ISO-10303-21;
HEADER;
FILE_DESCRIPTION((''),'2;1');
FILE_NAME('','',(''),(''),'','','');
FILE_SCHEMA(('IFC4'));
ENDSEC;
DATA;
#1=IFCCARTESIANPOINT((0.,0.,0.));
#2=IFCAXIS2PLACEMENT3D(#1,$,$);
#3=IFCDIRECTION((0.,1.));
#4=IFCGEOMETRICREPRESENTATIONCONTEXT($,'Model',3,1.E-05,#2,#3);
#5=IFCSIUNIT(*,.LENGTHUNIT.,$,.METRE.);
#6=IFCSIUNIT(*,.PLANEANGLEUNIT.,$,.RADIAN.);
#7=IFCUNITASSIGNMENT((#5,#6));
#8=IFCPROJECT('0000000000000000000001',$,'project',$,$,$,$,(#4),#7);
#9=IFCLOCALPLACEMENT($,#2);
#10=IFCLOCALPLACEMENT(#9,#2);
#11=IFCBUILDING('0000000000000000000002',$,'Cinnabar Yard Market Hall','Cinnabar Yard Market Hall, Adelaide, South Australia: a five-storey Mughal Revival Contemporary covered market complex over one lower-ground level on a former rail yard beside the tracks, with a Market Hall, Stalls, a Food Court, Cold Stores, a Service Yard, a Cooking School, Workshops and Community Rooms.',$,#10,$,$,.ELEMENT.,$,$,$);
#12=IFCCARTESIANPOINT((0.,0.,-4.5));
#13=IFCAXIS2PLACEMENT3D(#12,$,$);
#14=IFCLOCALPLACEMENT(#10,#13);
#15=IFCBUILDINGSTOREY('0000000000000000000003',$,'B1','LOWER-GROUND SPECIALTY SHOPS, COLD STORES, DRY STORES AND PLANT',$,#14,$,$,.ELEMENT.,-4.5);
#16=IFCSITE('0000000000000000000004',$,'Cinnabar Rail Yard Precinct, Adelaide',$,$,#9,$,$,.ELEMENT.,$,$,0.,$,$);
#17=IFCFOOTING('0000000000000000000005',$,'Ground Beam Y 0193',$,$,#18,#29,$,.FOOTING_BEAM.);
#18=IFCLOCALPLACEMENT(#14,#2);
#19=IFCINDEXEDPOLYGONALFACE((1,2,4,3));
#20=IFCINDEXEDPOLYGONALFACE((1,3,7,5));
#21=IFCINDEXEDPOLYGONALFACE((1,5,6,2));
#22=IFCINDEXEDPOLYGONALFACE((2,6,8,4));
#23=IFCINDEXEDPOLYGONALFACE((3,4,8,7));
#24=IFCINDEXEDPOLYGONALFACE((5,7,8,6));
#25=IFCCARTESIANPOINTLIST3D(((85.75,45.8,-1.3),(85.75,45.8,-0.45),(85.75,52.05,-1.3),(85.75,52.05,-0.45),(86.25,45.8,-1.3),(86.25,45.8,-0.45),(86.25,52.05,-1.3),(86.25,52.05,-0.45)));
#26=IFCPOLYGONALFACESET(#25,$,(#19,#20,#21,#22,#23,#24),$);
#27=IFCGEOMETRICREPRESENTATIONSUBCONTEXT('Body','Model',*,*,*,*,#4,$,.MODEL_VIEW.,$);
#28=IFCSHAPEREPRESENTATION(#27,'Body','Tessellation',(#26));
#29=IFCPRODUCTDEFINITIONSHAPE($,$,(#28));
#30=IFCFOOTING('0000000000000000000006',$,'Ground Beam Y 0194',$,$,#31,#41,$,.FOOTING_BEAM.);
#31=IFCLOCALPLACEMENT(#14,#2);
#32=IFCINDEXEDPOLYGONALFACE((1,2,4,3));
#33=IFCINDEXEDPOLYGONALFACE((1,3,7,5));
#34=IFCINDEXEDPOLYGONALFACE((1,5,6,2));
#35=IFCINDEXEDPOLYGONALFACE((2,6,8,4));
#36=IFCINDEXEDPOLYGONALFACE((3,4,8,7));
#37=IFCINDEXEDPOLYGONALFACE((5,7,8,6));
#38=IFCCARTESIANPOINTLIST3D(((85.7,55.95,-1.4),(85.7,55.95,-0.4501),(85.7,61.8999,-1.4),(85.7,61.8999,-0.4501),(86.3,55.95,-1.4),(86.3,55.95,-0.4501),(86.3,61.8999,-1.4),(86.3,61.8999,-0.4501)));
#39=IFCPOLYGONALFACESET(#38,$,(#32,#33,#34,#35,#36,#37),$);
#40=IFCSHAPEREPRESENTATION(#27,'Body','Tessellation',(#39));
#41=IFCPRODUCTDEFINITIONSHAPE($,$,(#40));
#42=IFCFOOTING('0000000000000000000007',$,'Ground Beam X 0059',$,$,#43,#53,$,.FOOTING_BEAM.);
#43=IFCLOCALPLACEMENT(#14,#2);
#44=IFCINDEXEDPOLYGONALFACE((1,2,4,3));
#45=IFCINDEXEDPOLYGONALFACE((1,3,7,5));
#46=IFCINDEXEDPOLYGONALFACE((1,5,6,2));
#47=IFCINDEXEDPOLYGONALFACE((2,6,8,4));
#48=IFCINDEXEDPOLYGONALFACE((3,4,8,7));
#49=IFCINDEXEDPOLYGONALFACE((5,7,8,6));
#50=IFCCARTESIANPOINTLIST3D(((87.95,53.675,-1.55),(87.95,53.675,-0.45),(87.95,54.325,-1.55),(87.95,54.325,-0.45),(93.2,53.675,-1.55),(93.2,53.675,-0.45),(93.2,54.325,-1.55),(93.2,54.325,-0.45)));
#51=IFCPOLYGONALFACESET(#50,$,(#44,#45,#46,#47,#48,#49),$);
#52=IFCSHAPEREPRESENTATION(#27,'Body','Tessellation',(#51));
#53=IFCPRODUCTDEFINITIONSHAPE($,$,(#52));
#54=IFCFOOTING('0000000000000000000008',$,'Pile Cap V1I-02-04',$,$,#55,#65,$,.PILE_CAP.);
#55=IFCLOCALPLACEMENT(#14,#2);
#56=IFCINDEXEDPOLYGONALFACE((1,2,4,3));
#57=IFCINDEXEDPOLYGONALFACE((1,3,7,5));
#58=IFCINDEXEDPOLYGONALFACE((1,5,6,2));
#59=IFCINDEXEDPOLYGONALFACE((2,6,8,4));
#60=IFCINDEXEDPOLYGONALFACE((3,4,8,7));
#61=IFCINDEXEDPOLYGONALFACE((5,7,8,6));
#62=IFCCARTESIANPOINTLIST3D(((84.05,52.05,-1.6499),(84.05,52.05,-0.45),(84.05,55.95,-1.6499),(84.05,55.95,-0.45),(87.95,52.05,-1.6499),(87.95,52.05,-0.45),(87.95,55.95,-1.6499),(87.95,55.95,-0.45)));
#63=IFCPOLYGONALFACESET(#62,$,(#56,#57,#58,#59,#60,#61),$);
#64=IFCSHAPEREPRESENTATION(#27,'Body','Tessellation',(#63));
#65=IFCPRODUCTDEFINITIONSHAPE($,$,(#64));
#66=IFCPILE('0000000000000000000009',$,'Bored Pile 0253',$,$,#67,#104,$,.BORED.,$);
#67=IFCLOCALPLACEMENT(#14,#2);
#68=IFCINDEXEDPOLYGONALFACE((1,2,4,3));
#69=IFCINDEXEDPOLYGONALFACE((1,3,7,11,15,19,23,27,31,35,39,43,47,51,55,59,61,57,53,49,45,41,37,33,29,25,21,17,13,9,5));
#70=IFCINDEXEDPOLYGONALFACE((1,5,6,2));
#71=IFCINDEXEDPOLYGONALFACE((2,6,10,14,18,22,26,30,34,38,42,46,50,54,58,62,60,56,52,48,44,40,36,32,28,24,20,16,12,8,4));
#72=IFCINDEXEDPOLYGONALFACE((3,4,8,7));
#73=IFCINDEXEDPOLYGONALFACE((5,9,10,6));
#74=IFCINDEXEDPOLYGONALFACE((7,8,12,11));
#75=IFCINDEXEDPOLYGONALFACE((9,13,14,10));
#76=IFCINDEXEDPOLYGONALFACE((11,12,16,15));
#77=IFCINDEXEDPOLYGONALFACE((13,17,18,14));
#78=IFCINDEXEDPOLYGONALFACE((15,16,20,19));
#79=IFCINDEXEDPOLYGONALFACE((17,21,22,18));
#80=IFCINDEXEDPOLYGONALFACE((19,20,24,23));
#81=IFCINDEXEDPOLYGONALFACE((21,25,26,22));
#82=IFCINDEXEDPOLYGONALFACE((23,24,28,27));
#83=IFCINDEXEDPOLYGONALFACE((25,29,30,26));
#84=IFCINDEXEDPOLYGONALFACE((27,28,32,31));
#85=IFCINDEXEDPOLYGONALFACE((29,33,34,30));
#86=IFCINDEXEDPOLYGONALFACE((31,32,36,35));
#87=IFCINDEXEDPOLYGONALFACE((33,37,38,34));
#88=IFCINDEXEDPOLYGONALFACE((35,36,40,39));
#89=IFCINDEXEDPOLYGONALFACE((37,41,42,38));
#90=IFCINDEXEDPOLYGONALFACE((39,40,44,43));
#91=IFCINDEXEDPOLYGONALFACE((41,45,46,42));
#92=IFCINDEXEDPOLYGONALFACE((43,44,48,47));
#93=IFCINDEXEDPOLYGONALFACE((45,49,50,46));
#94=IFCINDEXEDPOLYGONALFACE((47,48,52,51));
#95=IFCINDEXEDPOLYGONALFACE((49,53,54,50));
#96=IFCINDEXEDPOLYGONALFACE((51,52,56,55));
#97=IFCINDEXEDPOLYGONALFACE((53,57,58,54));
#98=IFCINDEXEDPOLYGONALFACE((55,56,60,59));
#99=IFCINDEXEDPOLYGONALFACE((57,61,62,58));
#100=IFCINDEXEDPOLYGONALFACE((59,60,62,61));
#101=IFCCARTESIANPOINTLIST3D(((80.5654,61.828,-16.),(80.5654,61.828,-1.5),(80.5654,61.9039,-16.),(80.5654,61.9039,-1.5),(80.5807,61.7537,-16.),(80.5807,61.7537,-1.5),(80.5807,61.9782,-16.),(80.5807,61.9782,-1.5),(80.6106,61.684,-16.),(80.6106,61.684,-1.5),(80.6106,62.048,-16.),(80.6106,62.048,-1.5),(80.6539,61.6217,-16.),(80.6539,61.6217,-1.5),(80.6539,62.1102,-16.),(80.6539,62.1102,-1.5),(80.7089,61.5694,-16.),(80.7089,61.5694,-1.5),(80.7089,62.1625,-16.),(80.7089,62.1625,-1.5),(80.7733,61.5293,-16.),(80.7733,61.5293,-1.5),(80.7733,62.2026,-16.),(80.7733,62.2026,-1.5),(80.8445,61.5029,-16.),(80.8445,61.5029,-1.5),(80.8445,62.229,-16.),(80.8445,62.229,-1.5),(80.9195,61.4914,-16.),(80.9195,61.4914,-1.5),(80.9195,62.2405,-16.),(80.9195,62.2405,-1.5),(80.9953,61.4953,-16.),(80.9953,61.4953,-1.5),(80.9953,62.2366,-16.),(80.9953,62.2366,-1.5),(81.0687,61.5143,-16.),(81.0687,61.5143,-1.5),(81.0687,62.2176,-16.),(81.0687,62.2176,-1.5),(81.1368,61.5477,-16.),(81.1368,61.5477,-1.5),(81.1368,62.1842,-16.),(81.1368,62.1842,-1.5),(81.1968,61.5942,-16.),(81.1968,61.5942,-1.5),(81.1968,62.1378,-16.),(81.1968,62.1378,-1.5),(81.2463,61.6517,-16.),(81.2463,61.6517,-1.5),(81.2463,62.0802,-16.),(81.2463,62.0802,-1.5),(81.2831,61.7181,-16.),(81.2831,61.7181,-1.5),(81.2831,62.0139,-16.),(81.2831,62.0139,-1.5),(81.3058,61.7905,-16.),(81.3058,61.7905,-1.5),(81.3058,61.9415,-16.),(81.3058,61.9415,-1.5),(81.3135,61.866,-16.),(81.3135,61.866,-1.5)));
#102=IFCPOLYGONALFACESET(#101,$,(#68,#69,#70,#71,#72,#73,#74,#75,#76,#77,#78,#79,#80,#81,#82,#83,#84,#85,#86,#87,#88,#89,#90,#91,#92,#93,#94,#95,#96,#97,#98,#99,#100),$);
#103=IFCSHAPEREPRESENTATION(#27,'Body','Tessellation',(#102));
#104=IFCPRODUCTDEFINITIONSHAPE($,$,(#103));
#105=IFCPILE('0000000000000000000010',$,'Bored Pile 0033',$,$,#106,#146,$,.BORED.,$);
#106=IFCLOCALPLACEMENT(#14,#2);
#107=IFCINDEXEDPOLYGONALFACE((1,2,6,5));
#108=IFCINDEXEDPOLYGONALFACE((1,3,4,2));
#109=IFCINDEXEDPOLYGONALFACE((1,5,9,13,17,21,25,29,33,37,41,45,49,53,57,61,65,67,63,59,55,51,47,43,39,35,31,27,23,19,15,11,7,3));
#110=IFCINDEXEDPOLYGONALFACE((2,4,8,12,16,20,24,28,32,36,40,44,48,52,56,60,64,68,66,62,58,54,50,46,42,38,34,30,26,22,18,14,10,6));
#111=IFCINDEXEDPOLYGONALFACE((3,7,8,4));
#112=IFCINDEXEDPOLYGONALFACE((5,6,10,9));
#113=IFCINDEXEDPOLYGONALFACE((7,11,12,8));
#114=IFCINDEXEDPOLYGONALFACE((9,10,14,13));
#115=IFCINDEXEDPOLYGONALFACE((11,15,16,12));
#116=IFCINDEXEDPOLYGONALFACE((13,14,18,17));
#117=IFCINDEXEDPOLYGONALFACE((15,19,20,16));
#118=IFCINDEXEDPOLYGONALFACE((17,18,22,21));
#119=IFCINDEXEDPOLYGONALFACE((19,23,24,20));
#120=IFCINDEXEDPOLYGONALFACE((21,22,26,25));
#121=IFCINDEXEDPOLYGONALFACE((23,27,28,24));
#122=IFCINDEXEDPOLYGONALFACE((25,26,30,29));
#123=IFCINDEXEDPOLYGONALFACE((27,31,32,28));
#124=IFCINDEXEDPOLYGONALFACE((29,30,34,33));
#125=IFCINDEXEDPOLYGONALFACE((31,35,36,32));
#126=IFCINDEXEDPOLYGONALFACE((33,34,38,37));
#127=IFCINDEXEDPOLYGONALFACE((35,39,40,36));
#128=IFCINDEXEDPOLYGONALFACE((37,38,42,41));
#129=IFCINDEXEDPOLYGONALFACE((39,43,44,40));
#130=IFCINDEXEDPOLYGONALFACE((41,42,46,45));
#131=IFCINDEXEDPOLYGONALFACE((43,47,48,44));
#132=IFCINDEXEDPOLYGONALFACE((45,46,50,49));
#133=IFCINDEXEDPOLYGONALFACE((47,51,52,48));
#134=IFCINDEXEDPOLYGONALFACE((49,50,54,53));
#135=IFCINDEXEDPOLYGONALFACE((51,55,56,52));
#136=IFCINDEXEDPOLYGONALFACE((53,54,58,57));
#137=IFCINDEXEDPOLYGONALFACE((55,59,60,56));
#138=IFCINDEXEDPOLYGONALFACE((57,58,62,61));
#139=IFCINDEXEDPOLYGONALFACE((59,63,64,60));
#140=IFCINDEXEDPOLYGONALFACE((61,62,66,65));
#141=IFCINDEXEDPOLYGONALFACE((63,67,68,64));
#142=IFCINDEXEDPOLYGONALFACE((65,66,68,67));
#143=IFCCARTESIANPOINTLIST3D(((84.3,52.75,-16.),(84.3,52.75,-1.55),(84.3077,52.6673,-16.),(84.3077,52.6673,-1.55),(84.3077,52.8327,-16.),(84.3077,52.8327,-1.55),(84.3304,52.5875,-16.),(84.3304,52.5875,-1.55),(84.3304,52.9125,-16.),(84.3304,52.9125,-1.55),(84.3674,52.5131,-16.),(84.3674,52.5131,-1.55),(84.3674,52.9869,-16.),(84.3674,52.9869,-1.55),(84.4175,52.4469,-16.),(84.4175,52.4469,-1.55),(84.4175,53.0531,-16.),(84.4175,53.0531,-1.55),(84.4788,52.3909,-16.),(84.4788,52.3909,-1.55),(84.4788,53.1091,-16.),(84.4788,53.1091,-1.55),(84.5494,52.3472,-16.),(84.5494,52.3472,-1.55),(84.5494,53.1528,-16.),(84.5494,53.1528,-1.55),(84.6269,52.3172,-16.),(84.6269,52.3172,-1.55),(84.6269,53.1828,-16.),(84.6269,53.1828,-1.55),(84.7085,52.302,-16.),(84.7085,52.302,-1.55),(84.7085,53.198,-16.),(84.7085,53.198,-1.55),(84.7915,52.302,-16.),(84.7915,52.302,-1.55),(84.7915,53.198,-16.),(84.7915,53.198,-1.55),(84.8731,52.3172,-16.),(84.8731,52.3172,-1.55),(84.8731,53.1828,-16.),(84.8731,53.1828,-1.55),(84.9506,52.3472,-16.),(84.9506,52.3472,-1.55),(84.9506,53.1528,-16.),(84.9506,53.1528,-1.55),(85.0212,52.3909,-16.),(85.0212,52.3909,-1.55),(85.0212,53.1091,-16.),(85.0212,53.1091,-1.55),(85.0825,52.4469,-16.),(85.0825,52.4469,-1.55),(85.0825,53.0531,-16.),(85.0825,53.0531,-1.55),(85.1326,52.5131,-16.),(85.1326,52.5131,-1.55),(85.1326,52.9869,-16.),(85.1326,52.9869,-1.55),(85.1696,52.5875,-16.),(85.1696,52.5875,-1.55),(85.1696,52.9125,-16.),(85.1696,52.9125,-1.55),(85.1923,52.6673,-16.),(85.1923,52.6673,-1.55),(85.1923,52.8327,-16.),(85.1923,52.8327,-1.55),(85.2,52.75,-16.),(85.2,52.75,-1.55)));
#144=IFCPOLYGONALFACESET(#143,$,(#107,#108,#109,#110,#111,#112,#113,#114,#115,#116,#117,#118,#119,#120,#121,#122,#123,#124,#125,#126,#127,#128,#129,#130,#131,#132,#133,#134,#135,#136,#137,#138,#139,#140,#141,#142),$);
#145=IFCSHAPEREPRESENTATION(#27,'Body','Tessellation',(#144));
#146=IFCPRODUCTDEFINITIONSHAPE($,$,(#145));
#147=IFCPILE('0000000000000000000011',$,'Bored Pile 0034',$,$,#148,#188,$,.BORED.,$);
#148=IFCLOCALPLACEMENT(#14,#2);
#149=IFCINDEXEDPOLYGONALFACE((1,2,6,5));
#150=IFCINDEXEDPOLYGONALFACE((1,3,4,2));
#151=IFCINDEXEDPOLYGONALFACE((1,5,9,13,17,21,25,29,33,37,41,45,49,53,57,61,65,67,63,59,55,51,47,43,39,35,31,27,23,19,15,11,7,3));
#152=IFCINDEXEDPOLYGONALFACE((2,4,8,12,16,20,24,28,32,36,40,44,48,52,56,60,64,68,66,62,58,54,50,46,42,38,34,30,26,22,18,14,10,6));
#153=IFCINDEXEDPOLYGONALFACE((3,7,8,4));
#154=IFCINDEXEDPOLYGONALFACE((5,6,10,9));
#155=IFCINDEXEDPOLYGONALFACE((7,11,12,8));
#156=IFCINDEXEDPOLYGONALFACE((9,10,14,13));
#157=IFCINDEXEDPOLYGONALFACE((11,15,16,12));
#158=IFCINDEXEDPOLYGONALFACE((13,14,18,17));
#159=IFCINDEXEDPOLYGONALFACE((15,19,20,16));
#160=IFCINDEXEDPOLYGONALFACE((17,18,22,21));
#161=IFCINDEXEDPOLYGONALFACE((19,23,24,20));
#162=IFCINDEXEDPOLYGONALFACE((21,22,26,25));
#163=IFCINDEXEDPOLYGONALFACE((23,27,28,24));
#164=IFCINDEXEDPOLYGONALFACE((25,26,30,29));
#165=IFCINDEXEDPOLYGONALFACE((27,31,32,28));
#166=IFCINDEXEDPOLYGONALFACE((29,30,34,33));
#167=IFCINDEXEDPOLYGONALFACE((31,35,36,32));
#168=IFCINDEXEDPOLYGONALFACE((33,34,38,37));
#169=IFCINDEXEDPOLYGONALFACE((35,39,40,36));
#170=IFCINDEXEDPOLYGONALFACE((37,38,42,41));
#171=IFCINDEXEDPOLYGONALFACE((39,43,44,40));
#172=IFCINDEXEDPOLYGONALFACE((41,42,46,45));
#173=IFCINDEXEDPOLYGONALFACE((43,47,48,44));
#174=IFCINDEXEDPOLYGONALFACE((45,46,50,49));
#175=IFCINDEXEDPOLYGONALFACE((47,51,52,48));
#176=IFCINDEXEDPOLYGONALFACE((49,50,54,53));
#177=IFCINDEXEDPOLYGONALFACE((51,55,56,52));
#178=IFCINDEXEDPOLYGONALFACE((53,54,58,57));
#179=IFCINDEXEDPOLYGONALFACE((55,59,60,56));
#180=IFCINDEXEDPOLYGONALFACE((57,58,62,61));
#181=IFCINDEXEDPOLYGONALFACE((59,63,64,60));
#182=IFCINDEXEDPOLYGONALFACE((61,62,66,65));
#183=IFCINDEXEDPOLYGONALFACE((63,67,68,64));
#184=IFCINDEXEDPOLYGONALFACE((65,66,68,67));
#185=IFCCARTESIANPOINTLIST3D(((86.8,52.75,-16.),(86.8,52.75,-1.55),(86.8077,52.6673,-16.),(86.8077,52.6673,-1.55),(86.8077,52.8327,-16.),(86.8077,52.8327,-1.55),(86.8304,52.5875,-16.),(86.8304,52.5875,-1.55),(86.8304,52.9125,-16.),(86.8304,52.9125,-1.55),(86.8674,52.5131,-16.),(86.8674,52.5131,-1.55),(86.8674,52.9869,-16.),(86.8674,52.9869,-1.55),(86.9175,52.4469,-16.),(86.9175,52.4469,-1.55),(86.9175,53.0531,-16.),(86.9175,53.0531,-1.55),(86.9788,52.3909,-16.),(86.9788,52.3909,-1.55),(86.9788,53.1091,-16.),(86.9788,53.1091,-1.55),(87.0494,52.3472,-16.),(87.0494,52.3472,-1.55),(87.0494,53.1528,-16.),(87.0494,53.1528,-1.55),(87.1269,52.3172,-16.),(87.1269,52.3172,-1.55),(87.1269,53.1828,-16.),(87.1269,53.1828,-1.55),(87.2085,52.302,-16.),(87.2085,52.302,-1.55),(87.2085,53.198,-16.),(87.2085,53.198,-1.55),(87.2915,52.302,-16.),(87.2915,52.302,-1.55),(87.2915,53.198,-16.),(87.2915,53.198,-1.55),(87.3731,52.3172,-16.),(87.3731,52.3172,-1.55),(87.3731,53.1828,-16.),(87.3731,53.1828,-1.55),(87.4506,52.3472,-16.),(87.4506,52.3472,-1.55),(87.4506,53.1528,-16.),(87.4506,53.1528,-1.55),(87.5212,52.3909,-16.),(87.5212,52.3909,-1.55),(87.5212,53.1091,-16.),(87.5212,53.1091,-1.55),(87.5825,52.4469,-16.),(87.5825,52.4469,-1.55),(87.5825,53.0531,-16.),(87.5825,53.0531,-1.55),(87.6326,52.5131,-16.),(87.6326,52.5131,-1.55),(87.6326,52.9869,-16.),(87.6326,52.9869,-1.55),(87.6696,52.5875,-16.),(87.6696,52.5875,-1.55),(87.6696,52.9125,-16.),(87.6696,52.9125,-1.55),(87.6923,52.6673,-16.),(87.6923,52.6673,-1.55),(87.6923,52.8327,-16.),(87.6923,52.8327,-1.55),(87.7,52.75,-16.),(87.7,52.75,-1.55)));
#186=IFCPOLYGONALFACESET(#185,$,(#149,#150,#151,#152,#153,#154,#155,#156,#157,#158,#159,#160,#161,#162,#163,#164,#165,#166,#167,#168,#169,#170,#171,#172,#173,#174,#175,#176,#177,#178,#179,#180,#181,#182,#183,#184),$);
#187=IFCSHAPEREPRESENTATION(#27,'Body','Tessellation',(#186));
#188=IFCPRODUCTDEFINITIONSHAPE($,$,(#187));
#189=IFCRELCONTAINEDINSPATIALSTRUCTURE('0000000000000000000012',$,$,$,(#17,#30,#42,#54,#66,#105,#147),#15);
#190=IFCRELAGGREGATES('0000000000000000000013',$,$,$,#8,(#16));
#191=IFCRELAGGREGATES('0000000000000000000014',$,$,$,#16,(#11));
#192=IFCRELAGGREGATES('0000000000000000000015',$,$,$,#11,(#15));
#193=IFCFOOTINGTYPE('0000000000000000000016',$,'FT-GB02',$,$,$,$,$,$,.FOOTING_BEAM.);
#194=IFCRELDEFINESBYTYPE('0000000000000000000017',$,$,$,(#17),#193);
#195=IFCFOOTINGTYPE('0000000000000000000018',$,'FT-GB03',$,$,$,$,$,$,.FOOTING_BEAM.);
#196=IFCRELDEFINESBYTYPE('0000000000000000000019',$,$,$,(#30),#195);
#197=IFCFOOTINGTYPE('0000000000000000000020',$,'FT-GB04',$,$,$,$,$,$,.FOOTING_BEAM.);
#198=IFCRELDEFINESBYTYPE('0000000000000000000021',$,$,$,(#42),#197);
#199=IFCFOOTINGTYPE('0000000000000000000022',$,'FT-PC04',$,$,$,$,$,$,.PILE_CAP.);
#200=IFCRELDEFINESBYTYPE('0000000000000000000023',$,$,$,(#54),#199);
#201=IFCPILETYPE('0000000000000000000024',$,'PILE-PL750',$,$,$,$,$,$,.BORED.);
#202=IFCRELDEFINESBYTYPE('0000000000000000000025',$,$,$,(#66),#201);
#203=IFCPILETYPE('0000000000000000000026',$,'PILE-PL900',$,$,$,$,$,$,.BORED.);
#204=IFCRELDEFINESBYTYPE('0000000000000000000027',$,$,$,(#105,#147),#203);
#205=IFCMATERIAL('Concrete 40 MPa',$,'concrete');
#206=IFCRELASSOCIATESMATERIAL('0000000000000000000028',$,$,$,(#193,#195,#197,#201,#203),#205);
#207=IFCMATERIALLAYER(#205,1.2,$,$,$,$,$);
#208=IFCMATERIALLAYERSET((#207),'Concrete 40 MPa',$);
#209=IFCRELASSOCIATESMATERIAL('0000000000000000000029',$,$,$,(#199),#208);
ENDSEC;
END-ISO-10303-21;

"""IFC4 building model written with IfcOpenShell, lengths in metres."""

from ifc_helpers import new_model, si_unit, direction, frame, origin, origin_2d_with_axis, place, context, subcontext, project, spatial, rectangle, circle, extrude, material, layer, layer_set, material_profile, profile_set, type_object, element, save


model = new_model("IFC4")

# Units and contexts
model_context = context("Model", 3, precision=1e-05, world=origin(), true_north=direction((0.0, 1.0)))
body_context = subcontext(model_context, "Body", "Model", "MODEL_VIEW")
ifc_project = project(units=[si_unit("LENGTHUNIT", "METRE"), si_unit("PLANEANGLEUNIT", "RADIAN")], contexts=[model_context])

# Site, building, storey
site_placement = place(None, origin())
site = spatial("IfcSite", under=ifc_project, at=site_placement, Name="Cinnabar Rail Yard Precinct, Adelaide", CompositionType="ELEMENT", RefElevation=0.0)
building_placement = place(site_placement, origin())
building = spatial("IfcBuilding", under=site, at=building_placement, Name="Cinnabar Yard Market Hall", Description="Cinnabar Yard Market Hall, Adelaide, South Australia: a five-storey Mughal Revival Contemporary covered market complex over one lower-ground level on a former rail yard beside the tracks, with a Market Hall, Stalls, a Food Court, Cold Stores, a Service Yard, a Cooking School, Workshops and Community Rooms.", CompositionType="ELEMENT")
storey_placement = place(building_placement, frame((0.0, 0.0, -4.5)))
storey = spatial("IfcBuildingStorey", under=building, at=storey_placement, Name="B1", Description="LOWER-GROUND SPECIALTY SHOPS, COLD STORES, DRY STORES AND PLANT", CompositionType="ELEMENT", Elevation=-4.5)

# Footings
ifc_material_1 = material(Name="Concrete 40 MPa", Category="concrete")
ifc_material_profile_1 = material_profile(ifc_material_1, rectangle(XDim=0.5, YDim=0.8501, at=origin_2d_with_axis()), Name="GB-500x850")
ifc_profile_set_1 = profile_set([ifc_material_profile_1], Name="Concrete 40 MPa")
footing_type_1 = type_object("IfcFootingType", Name="FT-GB02", PredefinedType="FOOTING_BEAM", material=ifc_profile_set_1)
footing_1_placement = place(storey_placement, frame((86.0, 45.8, -0.875), z_axis=(0.0, 1.0, 0.0), x_axis=(-1.0, 0.0, 0.0)))
element("IfcFooting", 1, at=footing_1_placement, inside=storey, type_object=footing_type_1, Name="Ground Beam Y 0193", PredefinedType="FOOTING_BEAM", context=body_context, shape_type="SweptSolid", body=[
    extrude(rectangle(XDim=0.5, YDim=0.8501, at=origin_2d_with_axis()), origin(), (0.0, 0.0, 1.0), 6.25),
])
ifc_material_profile_2 = material_profile(ifc_material_1, rectangle(XDim=0.6001, YDim=0.95, at=origin_2d_with_axis()), Name="GB-600x950")
ifc_profile_set_2 = profile_set([ifc_material_profile_2], Name="Concrete 40 MPa")
footing_type_2 = type_object("IfcFootingType", Name="FT-GB03", PredefinedType="FOOTING_BEAM", material=ifc_profile_set_2)
footing_2_placement = place(storey_placement, frame((86.0, 55.95, -0.925), z_axis=(0.0, 1.0, 0.0), x_axis=(-1.0, 0.0, 0.0)))
element("IfcFooting", 2, at=footing_2_placement, inside=storey, type_object=footing_type_2, Name="Ground Beam Y 0194", PredefinedType="FOOTING_BEAM", context=body_context, shape_type="SweptSolid", body=[
    extrude(rectangle(XDim=0.6001, YDim=0.95, at=origin_2d_with_axis()), origin(), (0.0, 0.0, 1.0), 5.95),
])
ifc_material_profile_3 = material_profile(ifc_material_1, rectangle(XDim=0.6499, YDim=1.1001, at=origin_2d_with_axis()), Name="GB-650x1100")
ifc_profile_set_3 = profile_set([ifc_material_profile_3], Name="Concrete 40 MPa")
footing_type_3 = type_object("IfcFootingType", Name="FT-GB04", PredefinedType="FOOTING_BEAM", material=ifc_profile_set_3)
footing_3_placement = place(storey_placement, frame((87.95, 54.0, -1.0), z_axis=(1.0, 0.0, 0.0), x_axis=(0.0, 1.0, 0.0)))
element("IfcFooting", 3, at=footing_3_placement, inside=storey, type_object=footing_type_3, Name="Ground Beam X 0059", PredefinedType="FOOTING_BEAM", context=body_context, shape_type="SweptSolid", body=[
    extrude(rectangle(XDim=0.6499, YDim=1.1001, at=origin_2d_with_axis()), origin(), (0.0, 0.0, 1.0), 5.25),
])
ifc_layer_1 = layer(ifc_material_1, 1.2)
ifc_layer_set_1 = layer_set([ifc_layer_1], Name="Concrete 40 MPa")
footing_type_4 = type_object("IfcFootingType", Name="FT-PC04", PredefinedType="PILE_CAP", material=ifc_layer_set_1)
footing_4_placement = place(storey_placement, frame((86.0, 54.0, -1.6499), z_axis=(0.0, 0.0, 1.0), x_axis=(1.0, 0.0, 0.0)))
element("IfcFooting", 4, at=footing_4_placement, inside=storey, type_object=footing_type_4, Name="Pile Cap V1I-02-04", PredefinedType="PILE_CAP", context=body_context, shape_type="SweptSolid", body=[
    extrude(rectangle(XDim=3.8999, YDim=3.8999, at=origin_2d_with_axis()), origin(), (0.0, 0.0, 1.0), 1.2),
])

# Piles
ifc_material_profile_4 = material_profile(ifc_material_1, circle(Radius=0.375, at=origin_2d_with_axis()), Name="PILE-D750")
ifc_profile_set_4 = profile_set([ifc_material_profile_4], Name="Concrete 40 MPa")
pile_type_1 = type_object("IfcPileType", Name="PILE-PL750", PredefinedType="BORED", material=ifc_profile_set_4)
pile_placement = place(storey_placement, frame((80.9385, 61.866, -1.5), z_axis=(0.0, 0.0, -1.0), x_axis=(1.0, 0.0, 0.0)))
element("IfcPile", 5, at=pile_placement, inside=storey, type_object=pile_type_1, Name="Bored Pile 0253", PredefinedType="BORED", context=body_context, shape_type="SweptSolid", body=[
    extrude(circle(Radius=0.375, at=origin_2d_with_axis()), origin(), (0.0, 0.0, 1.0), 14.5),
])
ifc_material_profile_5 = material_profile(ifc_material_1, circle(Radius=0.45, at=origin_2d_with_axis()), Name="PILE-D900")
ifc_profile_set_5 = profile_set([ifc_material_profile_5], Name="Concrete 40 MPa")
pile_type_2 = type_object("IfcPileType", Name="PILE-PL900", PredefinedType="BORED", material=ifc_profile_set_5)
for number, where, z_axis, x_axis, name in (
    (6, (84.75, 52.75, -1.55), (0.0, 0.0, -1.0), (1.0, 0.0, 0.0), "Bored Pile 0033"),
    (7, (87.25, 52.75, -1.55), (0.0, 0.0, -1.0), (1.0, 0.0, 0.0), "Bored Pile 0034"),
):
    element("IfcPile", number, at=place(storey_placement, frame(where, z_axis=z_axis, x_axis=x_axis)), inside=storey, type_object=pile_type_2, Name=name, PredefinedType="BORED", context=body_context, shape_type="SweptSolid", body=[
        extrude(circle(Radius=0.45, at=origin_2d_with_axis()), origin(), (0.0, 0.0, 1.0), 14.45),
    ])

save(model, "model.ifc")
